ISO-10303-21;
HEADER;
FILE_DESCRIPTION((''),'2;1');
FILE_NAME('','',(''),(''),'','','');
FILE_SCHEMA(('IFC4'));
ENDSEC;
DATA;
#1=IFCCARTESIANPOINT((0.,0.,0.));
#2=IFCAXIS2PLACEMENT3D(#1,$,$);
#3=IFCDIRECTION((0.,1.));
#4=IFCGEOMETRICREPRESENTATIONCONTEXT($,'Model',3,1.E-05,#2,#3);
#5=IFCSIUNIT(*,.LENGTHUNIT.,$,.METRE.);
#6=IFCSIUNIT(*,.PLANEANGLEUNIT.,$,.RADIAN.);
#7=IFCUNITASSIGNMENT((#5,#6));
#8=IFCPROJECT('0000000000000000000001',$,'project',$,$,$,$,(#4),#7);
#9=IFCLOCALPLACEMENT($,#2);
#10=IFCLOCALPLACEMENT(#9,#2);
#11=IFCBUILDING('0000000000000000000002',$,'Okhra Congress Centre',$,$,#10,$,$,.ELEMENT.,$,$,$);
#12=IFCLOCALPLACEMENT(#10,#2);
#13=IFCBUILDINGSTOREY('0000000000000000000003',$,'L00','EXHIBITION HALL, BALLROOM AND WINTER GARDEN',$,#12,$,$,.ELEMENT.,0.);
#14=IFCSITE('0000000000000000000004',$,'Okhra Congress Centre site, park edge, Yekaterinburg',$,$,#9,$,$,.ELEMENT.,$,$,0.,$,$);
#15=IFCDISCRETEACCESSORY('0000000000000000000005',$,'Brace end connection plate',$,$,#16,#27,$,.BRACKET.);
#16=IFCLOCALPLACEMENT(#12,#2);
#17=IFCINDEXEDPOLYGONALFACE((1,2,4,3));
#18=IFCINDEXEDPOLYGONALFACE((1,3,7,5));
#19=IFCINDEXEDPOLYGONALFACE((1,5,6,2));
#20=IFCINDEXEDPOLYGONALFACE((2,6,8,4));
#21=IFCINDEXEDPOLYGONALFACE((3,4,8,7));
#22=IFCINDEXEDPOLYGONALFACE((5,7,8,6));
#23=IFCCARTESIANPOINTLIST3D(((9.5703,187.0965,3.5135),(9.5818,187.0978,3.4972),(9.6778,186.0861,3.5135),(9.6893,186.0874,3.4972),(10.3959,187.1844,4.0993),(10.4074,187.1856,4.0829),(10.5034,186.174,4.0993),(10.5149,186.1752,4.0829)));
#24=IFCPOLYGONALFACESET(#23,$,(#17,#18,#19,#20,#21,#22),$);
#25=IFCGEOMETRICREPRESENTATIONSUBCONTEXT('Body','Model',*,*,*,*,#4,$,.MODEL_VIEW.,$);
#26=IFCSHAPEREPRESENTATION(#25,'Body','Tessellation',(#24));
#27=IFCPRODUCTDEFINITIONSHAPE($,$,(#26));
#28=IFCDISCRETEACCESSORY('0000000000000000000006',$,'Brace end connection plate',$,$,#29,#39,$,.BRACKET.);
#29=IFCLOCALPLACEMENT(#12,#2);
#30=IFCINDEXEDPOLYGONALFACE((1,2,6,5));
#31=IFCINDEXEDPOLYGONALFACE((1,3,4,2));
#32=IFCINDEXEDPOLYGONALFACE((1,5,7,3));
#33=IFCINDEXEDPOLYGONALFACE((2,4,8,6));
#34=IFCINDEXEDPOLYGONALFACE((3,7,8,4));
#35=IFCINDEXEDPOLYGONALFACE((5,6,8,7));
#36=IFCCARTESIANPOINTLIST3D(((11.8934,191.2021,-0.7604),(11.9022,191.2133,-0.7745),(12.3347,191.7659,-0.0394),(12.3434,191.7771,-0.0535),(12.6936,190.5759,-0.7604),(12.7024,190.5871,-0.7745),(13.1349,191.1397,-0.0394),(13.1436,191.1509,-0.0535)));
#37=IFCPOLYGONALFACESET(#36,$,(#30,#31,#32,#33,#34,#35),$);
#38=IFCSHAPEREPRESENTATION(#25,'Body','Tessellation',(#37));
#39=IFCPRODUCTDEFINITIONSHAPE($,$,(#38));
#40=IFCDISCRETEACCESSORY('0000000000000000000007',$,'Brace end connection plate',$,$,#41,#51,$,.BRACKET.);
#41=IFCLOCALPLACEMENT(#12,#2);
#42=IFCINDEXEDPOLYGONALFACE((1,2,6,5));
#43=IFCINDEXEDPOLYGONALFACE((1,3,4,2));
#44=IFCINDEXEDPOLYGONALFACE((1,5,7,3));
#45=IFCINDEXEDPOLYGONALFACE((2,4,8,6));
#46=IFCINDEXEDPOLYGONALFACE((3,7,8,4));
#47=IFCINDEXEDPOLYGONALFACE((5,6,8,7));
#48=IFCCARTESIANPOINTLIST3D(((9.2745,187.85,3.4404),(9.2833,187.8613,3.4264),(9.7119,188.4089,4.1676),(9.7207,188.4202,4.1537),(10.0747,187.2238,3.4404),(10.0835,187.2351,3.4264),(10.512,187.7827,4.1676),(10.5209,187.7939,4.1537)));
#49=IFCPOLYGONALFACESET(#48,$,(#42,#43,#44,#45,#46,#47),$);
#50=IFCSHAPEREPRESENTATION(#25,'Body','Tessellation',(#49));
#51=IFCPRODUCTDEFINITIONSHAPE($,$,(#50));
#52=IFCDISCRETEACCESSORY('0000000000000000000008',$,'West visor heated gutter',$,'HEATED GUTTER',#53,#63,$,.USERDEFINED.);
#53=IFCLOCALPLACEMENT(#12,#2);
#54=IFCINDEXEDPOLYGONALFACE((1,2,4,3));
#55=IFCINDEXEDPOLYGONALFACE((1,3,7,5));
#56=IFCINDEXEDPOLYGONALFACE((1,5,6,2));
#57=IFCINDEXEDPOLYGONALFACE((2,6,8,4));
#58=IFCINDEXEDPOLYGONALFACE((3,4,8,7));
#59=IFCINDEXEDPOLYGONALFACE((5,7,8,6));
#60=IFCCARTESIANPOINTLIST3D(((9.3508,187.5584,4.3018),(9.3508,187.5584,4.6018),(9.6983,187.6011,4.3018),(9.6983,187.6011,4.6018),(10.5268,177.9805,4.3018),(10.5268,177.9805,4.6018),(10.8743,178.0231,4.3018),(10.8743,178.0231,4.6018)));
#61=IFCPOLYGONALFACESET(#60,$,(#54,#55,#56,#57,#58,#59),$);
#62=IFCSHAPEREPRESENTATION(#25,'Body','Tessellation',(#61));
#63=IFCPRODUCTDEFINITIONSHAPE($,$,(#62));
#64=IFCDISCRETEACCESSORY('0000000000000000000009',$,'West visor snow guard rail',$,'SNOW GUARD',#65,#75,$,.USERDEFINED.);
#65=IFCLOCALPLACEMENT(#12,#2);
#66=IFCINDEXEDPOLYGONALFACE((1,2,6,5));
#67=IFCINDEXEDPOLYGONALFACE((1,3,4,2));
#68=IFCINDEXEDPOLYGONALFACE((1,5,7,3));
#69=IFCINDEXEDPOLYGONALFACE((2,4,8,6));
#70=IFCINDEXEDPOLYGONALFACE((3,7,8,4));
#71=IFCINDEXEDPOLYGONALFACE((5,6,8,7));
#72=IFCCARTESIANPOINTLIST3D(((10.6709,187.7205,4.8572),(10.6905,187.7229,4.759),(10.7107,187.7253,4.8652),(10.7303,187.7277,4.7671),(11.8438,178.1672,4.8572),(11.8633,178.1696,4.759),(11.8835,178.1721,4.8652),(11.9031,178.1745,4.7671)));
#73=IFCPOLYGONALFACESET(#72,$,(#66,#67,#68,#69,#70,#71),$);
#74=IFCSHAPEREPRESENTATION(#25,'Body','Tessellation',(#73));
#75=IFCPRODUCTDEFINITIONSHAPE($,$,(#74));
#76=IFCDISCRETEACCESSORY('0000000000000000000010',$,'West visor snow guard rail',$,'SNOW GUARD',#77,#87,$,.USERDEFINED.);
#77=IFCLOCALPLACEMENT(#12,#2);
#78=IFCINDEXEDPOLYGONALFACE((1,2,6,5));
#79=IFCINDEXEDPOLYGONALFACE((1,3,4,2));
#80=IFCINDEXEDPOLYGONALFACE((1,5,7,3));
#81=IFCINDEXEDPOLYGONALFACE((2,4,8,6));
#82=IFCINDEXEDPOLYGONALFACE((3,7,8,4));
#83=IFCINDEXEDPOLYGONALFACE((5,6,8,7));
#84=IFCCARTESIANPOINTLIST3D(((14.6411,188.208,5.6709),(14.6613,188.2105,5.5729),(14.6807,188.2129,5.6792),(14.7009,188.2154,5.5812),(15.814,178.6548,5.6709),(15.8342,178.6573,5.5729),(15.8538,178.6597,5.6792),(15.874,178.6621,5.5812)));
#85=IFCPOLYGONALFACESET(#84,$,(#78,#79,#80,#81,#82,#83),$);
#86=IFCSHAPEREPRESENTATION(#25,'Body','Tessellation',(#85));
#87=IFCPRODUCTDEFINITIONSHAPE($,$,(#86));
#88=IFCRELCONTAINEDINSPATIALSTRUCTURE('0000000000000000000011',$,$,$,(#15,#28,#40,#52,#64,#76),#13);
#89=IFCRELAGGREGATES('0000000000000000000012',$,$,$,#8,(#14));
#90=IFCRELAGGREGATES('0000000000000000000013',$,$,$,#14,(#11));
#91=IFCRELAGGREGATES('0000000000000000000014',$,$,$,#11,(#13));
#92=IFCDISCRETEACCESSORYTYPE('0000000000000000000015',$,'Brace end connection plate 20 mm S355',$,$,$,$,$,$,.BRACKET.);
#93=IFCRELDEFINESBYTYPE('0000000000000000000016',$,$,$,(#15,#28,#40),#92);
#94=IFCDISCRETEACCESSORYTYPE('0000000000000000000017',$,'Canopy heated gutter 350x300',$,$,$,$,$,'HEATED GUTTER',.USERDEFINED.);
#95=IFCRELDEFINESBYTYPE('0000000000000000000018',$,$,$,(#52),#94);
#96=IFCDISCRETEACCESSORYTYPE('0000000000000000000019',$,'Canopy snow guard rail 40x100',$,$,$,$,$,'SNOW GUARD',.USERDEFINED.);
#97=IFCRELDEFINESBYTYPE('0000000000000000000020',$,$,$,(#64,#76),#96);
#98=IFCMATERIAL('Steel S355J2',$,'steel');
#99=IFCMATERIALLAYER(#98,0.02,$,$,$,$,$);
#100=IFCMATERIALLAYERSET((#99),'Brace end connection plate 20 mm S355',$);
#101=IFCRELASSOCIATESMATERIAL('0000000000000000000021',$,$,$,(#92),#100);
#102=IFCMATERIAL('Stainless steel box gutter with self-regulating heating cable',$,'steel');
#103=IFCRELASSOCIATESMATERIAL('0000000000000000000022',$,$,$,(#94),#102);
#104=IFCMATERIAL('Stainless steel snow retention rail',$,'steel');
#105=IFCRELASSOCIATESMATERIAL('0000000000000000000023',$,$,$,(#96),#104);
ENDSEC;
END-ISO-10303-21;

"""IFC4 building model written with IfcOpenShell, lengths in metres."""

from ifc_helpers import new_model, si_unit, direction, frame, origin, origin_2d, place, context, subcontext, project, spatial, polyline, rectangle, outline, extrude, material, layer, layer_set, type_object, element, save


model = new_model("IFC4")

# Units and contexts
model_context = context("Model", 3, precision=1e-05, world=origin(), true_north=direction((0.0, 1.0)))
body_context = subcontext(model_context, "Body", "Model", "MODEL_VIEW")
ifc_project = project(units=[si_unit("LENGTHUNIT", "METRE"), si_unit("PLANEANGLEUNIT", "RADIAN")], contexts=[model_context])

# Site, building, storey
site_placement = place(None, origin())
site = spatial("IfcSite", under=ifc_project, at=site_placement, Name="Okhra Congress Centre site, park edge, Yekaterinburg", CompositionType="ELEMENT", RefElevation=0.0)
building_placement = place(site_placement, origin())
building = spatial("IfcBuilding", under=site, at=building_placement, Name="Okhra Congress Centre", CompositionType="ELEMENT")
storey_placement = place(building_placement, origin())
storey = spatial("IfcBuildingStorey", under=building, at=storey_placement, Name="L00", Description="EXHIBITION HALL, BALLROOM AND WINTER GARDEN", CompositionType="ELEMENT", Elevation=0.0)

# Discrete accessories
ifc_material_1 = material(Name="Steel S355J2", Category="steel")
ifc_layer = layer(ifc_material_1, 0.02)
ifc_layer_set = layer_set([ifc_layer], Name="Brace end connection plate 20 mm S355")
discrete_accessory_type_1 = type_object("IfcDiscreteAccessoryType", Name="Brace end connection plate 20 mm S355", PredefinedType="BRACKET", material=ifc_layer_set)
for number, where, z_axis, x_axis, name in (
    (1, (10.0483, 186.6365, 3.79), (-0.573213, -0.06098, 0.817134), (0.105786, -0.994389, 0.0), "Brace end connection plate"),
    (2, (12.5142, 191.1709, -0.3999), (0.437337, 0.558819, -0.704598), (-0.787505, 0.616308, 0.0), "Brace end connection plate"),
    (3, (9.9021, 187.8276, 3.79), (-0.441096, -0.563622, 0.698401), (0.787505, -0.616308, 0.0), "Brace end connection plate"),
):
    element("IfcDiscreteAccessory", number, at=place(storey_placement, frame(where, z_axis=z_axis, x_axis=x_axis)), inside=storey, type_object=discrete_accessory_type_1, Name=name, PredefinedType="BRACKET", context=body_context, shape_type="SweptSolid", body=[
        extrude(rectangle(XDim=1.0161, YDim=1.0161, at=origin_2d()), origin(), (0.0, 0.0, 1.0), 0.02),
    ])
ifc_material_2 = material(Name="Stainless steel box gutter with self-regulating heating cable", Category="steel")
discrete_accessory_type_2 = type_object("IfcDiscreteAccessoryType", Name="Canopy heated gutter 350x300", ElementType="HEATED GUTTER", PredefinedType="USERDEFINED", material=ifc_material_2)
discrete_accessory_1_placement = place(storey_placement, frame((10.1125, 182.7908, 4.3018), z_axis=(0.0, 0.0, 1.0), x_axis=(-0.121869, 0.992546, 0.0)))
element("IfcDiscreteAccessory", 4, at=discrete_accessory_1_placement, inside=storey, type_object=discrete_accessory_type_2, Name="West visor heated gutter", ObjectType="HEATED GUTTER", PredefinedType="USERDEFINED", context=body_context, shape_type="SweptSolid", body=[
    extrude(rectangle(XDim=9.6499, YDim=0.3501, at=origin_2d()), origin(), (0.0, 0.0, 1.0), 0.3),
])
ifc_material_3 = material(Name="Stainless steel snow retention rail", Category="steel")
discrete_accessory_type_3 = type_object("IfcDiscreteAccessoryType", Name="Canopy snow guard rail 40x100", ElementType="SNOW GUARD", PredefinedType="USERDEFINED", material=ifc_material_3)
discrete_accessory_2_placement = place(storey_placement, frame((11.8438, 178.1672, 4.8572), z_axis=(-0.195541, -0.024007, 0.980402), x_axis=(-0.121855, 0.992548, 0.0)))
element("IfcDiscreteAccessory", 5, at=discrete_accessory_2_placement, inside=storey, type_object=discrete_accessory_type_3, Name="West visor snow guard rail", ObjectType="SNOW GUARD", PredefinedType="USERDEFINED", context=body_context, shape_type="SweptSolid", body=[
    extrude(outline(polyline([(0.0, 0.0), (9.6249, 0.0), (9.6249, -0.0409), (0.0, -0.0409), (0.0, 0.0)])), origin(), (0.0, 0.0, -1.0), 0.1001),
])
discrete_accessory_3_placement = place(storey_placement, frame((15.814, 178.6548, 5.6709), z_axis=(-0.20181, -0.024779, 0.979111), x_axis=(-0.121856, 0.992548, 0.000003)))
element("IfcDiscreteAccessory", 6, at=discrete_accessory_3_placement, inside=storey, type_object=discrete_accessory_type_3, Name="West visor snow guard rail", ObjectType="SNOW GUARD", PredefinedType="USERDEFINED", context=body_context, shape_type="SweptSolid", body=[
    extrude(outline(polyline([(0.0, 0.0), (9.6249, 0.0), (9.625, -0.0407), (0.0, -0.0409), (0.0, 0.0)])), origin(), (0.0, 0.0, -1.0), 0.1001),
])

save(model, "model.ifc")
